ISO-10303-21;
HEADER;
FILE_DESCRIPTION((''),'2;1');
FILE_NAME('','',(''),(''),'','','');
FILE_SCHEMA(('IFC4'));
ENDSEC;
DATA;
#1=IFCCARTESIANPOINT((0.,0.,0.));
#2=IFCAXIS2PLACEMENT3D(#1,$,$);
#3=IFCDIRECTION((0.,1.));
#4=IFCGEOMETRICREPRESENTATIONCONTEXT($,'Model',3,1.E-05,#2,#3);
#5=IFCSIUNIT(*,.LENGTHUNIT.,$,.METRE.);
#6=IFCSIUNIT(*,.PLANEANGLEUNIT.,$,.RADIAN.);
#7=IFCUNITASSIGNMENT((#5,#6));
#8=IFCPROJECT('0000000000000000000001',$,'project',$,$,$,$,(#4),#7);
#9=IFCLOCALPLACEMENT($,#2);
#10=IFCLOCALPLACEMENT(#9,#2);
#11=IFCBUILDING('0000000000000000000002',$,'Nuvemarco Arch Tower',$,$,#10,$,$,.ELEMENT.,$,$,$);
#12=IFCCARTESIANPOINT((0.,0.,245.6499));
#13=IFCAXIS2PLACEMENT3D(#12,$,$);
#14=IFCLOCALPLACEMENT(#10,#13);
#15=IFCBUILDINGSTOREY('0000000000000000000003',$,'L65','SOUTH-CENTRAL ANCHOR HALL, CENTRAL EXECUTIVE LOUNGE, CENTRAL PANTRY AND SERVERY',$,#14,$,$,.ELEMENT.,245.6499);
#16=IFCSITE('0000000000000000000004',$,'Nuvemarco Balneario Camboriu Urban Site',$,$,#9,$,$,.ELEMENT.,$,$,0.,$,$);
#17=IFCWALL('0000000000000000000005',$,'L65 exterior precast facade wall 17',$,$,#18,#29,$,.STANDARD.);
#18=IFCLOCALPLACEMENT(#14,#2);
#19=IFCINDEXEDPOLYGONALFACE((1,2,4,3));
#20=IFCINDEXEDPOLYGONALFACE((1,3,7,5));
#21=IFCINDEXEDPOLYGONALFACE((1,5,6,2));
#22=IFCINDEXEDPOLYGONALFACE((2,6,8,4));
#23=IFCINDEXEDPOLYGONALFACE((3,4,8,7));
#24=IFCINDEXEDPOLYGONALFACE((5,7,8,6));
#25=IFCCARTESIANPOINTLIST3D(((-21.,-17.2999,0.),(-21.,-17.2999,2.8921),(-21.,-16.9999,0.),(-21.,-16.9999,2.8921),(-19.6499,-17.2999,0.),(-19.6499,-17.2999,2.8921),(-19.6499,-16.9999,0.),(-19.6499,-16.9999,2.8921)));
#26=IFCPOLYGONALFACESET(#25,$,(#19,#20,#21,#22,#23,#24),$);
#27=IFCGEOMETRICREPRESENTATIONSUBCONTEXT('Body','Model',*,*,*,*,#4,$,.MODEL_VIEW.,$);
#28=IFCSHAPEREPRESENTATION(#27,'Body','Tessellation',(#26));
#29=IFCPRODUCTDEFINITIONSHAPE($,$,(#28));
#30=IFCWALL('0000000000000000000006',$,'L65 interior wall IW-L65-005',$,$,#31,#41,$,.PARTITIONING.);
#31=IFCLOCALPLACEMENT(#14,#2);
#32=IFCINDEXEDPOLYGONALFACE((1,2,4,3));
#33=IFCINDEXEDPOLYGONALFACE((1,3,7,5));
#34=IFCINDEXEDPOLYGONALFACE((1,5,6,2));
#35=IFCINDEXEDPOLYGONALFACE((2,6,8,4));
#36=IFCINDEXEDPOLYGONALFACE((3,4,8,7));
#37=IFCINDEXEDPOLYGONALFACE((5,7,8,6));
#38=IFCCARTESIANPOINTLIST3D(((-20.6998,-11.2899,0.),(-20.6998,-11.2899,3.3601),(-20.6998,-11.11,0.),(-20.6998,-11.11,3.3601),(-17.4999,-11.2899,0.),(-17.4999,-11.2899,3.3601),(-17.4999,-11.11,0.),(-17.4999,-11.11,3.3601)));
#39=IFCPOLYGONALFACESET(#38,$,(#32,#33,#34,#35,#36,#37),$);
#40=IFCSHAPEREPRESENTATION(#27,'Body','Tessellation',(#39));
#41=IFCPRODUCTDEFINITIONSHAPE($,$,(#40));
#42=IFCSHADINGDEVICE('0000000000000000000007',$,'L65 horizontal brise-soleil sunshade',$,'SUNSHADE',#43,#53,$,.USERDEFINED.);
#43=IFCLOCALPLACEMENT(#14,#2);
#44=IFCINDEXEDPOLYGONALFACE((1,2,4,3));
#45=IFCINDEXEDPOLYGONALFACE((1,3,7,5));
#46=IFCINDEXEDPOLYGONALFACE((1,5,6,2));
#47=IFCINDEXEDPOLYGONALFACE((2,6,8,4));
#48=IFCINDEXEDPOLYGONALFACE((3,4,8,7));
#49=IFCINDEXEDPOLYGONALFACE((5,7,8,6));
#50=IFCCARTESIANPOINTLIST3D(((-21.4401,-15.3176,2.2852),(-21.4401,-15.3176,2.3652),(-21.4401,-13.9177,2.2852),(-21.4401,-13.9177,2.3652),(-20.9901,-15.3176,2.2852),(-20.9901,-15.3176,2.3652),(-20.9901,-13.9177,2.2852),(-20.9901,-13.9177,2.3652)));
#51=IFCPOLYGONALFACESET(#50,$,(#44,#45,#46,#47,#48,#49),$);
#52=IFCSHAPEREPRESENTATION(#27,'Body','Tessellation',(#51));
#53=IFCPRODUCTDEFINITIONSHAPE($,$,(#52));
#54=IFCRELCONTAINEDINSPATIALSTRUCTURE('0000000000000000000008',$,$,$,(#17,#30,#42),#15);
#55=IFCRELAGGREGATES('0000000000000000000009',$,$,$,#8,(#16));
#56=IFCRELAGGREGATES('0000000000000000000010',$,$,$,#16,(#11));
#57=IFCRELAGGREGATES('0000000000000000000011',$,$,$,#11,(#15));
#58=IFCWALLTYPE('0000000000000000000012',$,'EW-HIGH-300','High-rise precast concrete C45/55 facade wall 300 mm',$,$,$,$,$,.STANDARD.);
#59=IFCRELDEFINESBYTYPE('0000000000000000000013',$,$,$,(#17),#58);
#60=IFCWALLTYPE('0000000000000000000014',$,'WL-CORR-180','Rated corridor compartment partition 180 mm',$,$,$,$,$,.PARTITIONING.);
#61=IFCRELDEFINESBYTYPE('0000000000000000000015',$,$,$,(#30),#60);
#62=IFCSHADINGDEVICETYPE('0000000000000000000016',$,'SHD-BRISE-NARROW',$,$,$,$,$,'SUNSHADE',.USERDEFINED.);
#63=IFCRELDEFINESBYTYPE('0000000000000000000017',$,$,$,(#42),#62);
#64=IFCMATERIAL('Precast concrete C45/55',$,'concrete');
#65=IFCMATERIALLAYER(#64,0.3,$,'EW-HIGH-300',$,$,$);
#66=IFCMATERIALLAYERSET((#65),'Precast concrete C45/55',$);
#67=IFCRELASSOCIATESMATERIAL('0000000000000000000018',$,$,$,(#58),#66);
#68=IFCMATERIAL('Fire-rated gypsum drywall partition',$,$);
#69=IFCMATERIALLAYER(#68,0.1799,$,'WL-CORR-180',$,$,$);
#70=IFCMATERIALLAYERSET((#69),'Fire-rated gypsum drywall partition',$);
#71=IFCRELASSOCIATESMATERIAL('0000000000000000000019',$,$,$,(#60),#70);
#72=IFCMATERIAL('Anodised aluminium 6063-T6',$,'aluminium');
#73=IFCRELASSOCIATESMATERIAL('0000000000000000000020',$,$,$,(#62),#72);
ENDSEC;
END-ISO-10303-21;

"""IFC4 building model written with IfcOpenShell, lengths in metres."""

from ifc_helpers import new_model, si_unit, direction, frame, frame_2d, origin, origin_2d, place, context, subcontext, project, spatial, rectangle, extrude, source, transform, mapped, material, layer, layer_set, type_object, type_shapes, element, save


model = new_model("IFC4")

# Units and contexts
model_context = context("Model", 3, precision=1e-05, world=origin(), true_north=direction((0.0, 1.0)))
body_context = subcontext(model_context, "Body", "Model", "MODEL_VIEW")
ifc_project = project(units=[si_unit("LENGTHUNIT", "METRE"), si_unit("PLANEANGLEUNIT", "RADIAN")], contexts=[model_context])

# Site, building, storey
site_placement = place(None, origin())
site = spatial("IfcSite", under=ifc_project, at=site_placement, Name="Nuvemarco Balneario Camboriu Urban Site", CompositionType="ELEMENT", RefElevation=0.0)
building_placement = place(site_placement, origin())
building = spatial("IfcBuilding", under=site, at=building_placement, Name="Nuvemarco Arch Tower", CompositionType="ELEMENT")
storey_placement = place(building_placement, frame((0.0, 0.0, 245.6499)))
storey = spatial("IfcBuildingStorey", under=building, at=storey_placement, Name="L65", Description="SOUTH-CENTRAL ANCHOR HALL, CENTRAL EXECUTIVE LOUNGE, CENTRAL PANTRY AND SERVERY", CompositionType="ELEMENT", Elevation=245.6499)

# Shared definitions
ifc_material_1 = material(Name="Precast concrete C45/55", Category="concrete")

# Shared definitions
ifc_layer_1 = layer(ifc_material_1, 0.3, Name="EW-HIGH-300")
ifc_layer_set_1 = layer_set([ifc_layer_1], Name="Precast concrete C45/55")
wall_type_1 = type_object("IfcWallType", Name="EW-HIGH-300", Description="High-rise precast concrete C45/55 facade wall 300 mm", PredefinedType="STANDARD", material=ifc_layer_set_1)

# Walls
wall_1_placement = place(storey_placement, frame((-21.0, -17.1499, 0.0), z_axis=(0.0, 0.0, 1.0), x_axis=(1.0, 0.0, 0.0)))
element("IfcWall", 1, at=wall_1_placement, inside=storey, type_object=wall_type_1, Name="L65 exterior precast facade wall 17", PredefinedType="STANDARD", context=body_context, shape_type="SweptSolid", body=[
    extrude(rectangle(XDim=1.3501, YDim=0.3, at=frame_2d((0.675, 0.0))), origin(), (0.0, 0.0, 1.0), 2.8921),
])
ifc_material_2 = material(Name="Fire-rated gypsum drywall partition")
ifc_layer_2 = layer(ifc_material_2, 0.1799, Name="WL-CORR-180")
ifc_layer_set_2 = layer_set([ifc_layer_2], Name="Fire-rated gypsum drywall partition")
wall_type_2 = type_object("IfcWallType", Name="WL-CORR-180", Description="Rated corridor compartment partition 180 mm", PredefinedType="PARTITIONING", material=ifc_layer_set_2)
wall_2_placement = place(storey_placement, frame((-20.7, -11.2, 0.0), z_axis=(0.0, 0.0, 1.0), x_axis=(1.0, 0.0, 0.0)))
element("IfcWall", 2, at=wall_2_placement, inside=storey, type_object=wall_type_2, Name="L65 interior wall IW-L65-005", PredefinedType="PARTITIONING", context=body_context, shape_type="SweptSolid", body=[
    extrude(rectangle(XDim=3.2, YDim=0.1799, at=frame_2d((1.6001, 0.0))), origin(), (0.0, 0.0, 1.0), 3.3601),
])

# Shading device
ifc_material_3 = material(Name="Anodised aluminium 6063-T6", Category="aluminium")
shading_device_type = type_object("IfcShadingDeviceType", Name="SHD-BRISE-NARROW", ElementType="SUNSHADE", PredefinedType="USERDEFINED", material=ifc_material_3)
shared_shape_1 = source(origin(), body_context, "Body", "SweptSolid", [
    extrude(rectangle(XDim=1.3999, YDim=0.45, at=origin_2d()), origin(), (0.0, 0.0, 1.0), 0.0801),
])
type_shapes(shading_device_type, [shared_shape_1])
shading_device_placement = place(storey_placement, frame((-21.2151, -14.6177, 2.2852), z_axis=(0.0, 0.0, 1.0), x_axis=(0.0, 1.0, 0.0)))
element("IfcShadingDevice", 3, at=shading_device_placement, inside=storey, type_object=shading_device_type, Name="L65 horizontal brise-soleil sunshade", ObjectType="SUNSHADE", PredefinedType="USERDEFINED", context=body_context, shape_type="MappedRepresentation", body=[
    mapped(shared_shape_1, transform((0.0, 0.0, 0.0), scale=1.0)),
])

save(model, "model.ifc")
